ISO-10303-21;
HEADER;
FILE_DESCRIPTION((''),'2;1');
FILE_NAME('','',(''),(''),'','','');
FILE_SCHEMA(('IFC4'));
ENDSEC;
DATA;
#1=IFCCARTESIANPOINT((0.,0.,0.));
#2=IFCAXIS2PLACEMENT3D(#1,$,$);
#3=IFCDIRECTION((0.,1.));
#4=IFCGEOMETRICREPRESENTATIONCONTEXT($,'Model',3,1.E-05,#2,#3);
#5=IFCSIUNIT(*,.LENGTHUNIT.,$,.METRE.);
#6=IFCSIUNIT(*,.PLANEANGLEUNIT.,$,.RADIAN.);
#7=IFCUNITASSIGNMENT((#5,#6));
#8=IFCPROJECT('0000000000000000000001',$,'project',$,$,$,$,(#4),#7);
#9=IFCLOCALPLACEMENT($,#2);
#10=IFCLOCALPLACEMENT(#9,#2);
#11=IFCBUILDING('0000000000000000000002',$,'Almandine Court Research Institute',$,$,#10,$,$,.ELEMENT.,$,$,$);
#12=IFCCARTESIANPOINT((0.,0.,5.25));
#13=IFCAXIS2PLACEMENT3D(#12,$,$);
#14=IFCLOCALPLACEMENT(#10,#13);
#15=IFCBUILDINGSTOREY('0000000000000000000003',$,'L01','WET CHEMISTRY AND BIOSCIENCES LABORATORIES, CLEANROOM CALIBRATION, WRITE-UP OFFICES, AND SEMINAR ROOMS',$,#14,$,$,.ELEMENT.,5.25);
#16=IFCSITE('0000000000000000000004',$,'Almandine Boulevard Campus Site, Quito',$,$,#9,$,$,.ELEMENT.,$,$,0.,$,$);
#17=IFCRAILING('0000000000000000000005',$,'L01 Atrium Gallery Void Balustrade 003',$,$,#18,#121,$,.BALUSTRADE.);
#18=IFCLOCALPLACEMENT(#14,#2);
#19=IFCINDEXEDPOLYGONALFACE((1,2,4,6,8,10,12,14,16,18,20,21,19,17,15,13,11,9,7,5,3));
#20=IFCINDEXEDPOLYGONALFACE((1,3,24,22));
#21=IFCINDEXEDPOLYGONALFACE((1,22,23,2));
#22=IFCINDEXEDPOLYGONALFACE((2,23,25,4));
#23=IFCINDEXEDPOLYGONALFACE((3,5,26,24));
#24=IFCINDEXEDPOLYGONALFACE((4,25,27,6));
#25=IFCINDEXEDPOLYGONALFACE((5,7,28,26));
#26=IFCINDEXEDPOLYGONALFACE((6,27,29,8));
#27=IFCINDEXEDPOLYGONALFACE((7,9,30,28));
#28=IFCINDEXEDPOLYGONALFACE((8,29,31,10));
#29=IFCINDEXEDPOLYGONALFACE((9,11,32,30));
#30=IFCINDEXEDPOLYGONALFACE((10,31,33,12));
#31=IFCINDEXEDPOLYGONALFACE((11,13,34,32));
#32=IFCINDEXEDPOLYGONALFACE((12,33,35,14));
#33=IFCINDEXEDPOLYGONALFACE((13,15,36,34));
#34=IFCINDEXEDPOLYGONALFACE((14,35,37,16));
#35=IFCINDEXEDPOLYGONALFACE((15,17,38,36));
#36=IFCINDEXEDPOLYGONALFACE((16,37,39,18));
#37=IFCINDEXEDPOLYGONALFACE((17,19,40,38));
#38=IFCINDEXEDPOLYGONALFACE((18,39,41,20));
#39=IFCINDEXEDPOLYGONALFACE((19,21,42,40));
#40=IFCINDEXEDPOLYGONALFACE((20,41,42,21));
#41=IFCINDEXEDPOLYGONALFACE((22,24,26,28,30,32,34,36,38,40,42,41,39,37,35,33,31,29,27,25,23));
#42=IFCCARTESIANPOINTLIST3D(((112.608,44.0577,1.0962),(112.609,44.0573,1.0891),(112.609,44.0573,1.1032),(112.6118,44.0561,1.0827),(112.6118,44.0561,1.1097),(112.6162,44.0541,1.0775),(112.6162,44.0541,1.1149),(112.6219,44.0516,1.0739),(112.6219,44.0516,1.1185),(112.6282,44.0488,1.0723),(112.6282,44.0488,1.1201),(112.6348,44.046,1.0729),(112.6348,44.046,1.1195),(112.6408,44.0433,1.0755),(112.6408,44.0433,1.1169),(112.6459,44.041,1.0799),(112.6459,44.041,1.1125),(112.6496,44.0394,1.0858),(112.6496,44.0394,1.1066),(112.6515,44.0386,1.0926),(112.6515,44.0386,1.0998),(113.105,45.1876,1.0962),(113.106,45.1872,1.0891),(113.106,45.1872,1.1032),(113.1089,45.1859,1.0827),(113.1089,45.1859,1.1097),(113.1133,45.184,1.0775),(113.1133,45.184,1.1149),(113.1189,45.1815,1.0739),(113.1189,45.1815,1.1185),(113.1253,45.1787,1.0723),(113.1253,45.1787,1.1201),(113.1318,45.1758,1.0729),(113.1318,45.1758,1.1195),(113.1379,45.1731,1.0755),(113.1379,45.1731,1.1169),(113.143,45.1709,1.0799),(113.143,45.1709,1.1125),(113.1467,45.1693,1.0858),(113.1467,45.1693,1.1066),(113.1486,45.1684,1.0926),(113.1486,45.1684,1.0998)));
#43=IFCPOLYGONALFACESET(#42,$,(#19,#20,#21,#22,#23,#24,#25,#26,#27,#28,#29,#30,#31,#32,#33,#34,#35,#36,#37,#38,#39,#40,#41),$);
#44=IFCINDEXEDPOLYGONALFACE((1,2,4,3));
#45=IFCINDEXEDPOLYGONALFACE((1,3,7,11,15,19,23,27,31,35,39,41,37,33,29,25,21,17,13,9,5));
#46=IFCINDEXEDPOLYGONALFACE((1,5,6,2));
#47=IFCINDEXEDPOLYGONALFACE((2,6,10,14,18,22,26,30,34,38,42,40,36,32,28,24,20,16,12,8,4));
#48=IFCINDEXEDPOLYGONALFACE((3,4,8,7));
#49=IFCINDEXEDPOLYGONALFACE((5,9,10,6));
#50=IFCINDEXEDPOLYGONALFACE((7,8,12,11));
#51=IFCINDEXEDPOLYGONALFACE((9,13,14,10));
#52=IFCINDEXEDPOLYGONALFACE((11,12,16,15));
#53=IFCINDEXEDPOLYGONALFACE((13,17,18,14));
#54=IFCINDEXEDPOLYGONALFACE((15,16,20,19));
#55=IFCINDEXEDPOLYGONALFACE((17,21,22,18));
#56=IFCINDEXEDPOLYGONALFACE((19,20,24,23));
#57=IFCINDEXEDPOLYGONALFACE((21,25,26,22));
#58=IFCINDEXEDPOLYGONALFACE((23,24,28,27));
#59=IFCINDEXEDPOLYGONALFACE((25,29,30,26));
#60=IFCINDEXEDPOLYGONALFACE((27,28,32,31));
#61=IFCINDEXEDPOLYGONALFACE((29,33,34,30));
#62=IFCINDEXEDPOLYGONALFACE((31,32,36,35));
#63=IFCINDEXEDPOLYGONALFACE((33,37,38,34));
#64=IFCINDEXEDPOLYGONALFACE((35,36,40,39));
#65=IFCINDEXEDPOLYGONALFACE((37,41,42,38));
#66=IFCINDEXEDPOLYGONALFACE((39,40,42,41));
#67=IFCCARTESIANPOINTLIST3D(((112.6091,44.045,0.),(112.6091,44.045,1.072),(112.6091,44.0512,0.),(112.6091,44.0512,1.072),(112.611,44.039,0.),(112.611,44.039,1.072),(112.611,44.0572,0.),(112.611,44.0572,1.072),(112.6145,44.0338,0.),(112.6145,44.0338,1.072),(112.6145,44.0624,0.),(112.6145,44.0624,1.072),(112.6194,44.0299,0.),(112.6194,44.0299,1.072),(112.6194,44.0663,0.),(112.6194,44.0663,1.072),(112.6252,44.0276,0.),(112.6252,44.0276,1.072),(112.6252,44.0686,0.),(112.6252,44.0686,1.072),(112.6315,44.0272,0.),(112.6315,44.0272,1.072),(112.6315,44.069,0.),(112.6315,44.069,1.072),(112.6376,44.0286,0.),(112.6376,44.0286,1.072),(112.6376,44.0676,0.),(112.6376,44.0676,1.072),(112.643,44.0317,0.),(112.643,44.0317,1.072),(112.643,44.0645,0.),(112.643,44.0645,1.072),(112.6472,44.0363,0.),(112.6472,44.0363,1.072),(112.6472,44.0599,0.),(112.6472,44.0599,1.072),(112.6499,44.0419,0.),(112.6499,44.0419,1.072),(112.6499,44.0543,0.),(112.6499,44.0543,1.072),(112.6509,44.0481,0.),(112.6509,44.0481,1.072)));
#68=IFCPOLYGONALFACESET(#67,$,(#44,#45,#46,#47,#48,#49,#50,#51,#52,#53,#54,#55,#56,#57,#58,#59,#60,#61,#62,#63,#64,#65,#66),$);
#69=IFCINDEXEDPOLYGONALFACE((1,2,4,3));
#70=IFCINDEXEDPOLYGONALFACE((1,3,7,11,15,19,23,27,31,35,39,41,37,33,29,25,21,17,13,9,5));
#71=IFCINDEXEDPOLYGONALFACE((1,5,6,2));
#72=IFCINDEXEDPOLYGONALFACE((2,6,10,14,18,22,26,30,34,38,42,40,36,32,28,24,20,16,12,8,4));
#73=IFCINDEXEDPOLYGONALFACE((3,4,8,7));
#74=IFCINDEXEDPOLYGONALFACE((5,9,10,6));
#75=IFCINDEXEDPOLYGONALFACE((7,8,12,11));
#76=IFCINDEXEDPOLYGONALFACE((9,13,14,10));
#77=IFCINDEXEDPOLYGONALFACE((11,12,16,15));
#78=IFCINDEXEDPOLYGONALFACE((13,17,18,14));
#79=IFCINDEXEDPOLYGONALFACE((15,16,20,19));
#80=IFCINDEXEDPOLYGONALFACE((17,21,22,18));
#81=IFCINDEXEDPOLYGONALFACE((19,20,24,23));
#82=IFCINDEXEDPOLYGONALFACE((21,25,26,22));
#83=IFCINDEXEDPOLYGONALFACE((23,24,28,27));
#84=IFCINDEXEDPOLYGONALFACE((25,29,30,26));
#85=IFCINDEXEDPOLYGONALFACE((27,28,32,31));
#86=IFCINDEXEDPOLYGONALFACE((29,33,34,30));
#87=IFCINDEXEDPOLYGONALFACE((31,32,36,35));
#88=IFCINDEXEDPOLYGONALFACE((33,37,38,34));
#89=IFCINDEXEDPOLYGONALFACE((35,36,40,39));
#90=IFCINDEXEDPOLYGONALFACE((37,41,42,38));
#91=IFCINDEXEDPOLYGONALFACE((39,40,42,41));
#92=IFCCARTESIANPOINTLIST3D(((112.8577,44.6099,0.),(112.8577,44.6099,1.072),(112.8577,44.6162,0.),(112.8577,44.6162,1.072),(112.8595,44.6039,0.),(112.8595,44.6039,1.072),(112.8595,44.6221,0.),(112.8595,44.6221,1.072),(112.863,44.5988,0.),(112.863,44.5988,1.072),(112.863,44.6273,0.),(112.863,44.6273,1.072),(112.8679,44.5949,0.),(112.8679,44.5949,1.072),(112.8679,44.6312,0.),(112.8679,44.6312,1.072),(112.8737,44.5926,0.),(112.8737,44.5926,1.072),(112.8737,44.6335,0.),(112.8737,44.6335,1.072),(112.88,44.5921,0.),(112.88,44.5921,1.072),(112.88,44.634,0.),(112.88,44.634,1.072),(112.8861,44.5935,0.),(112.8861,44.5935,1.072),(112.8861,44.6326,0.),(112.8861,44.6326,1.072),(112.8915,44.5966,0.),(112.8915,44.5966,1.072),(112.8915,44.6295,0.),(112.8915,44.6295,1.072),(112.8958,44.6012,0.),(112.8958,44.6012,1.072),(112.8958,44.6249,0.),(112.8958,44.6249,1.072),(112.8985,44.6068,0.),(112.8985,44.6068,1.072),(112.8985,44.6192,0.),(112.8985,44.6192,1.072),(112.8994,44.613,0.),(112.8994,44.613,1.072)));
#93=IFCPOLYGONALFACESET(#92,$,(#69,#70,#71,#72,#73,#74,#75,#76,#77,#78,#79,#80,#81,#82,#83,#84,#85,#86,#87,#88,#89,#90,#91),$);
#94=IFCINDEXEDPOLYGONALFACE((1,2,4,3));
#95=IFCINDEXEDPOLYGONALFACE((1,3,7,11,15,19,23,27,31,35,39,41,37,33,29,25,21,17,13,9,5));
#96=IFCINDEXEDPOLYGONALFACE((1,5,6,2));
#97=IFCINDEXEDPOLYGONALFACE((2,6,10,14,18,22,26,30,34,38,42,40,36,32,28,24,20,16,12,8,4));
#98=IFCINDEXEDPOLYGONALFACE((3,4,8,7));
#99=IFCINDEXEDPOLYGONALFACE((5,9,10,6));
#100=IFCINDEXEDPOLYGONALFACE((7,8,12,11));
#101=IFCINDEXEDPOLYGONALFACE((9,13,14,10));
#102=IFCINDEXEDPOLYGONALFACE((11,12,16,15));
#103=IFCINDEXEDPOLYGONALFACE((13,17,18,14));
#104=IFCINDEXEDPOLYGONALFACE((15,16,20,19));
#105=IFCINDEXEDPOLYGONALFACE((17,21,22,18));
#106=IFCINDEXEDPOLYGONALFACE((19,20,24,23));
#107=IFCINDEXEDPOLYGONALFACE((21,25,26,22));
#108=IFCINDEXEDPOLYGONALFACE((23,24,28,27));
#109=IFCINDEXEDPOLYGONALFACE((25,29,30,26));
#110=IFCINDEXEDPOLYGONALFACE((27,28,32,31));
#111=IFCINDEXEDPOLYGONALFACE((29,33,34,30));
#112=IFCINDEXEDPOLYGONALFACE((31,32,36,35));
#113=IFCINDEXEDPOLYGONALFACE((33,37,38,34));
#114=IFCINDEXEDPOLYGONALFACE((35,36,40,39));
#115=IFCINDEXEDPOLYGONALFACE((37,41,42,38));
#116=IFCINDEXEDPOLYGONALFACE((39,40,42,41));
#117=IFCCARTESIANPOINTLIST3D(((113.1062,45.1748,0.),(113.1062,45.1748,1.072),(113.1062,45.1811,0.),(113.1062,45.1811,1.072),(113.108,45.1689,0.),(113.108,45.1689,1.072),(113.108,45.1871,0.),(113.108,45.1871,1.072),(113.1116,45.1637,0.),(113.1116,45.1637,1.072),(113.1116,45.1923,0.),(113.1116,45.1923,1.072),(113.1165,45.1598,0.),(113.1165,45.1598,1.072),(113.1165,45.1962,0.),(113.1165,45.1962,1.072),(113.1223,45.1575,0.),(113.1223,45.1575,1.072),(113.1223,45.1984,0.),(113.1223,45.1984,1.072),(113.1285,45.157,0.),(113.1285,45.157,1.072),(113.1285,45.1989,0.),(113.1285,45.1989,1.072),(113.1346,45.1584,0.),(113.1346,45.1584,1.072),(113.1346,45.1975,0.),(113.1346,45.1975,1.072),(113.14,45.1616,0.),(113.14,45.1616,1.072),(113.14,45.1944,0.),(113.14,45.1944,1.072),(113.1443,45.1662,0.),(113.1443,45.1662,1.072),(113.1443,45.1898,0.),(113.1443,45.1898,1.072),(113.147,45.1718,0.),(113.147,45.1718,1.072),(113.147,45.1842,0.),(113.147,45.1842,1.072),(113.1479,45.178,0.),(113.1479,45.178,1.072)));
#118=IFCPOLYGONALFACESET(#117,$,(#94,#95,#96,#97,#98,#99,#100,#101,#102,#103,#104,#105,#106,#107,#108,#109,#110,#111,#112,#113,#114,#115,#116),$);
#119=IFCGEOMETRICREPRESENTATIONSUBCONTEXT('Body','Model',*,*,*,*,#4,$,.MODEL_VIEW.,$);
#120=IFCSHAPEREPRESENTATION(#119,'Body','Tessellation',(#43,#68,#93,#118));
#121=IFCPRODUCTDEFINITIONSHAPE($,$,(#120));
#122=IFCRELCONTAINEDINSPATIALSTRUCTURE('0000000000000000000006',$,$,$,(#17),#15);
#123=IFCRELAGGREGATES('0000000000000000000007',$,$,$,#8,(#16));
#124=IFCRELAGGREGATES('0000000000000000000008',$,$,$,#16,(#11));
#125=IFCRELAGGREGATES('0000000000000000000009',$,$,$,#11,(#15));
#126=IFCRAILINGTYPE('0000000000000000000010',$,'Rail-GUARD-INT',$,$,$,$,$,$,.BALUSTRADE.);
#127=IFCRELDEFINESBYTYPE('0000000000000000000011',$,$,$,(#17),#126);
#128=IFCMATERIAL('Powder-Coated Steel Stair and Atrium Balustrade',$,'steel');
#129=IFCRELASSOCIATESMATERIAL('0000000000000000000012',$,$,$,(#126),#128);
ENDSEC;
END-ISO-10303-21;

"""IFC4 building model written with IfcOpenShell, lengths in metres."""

from ifc_helpers import new_model, si_unit, direction, frame, origin, origin_2d, place, context, subcontext, project, spatial, circle, extrude, material, type_object, element, save


model = new_model("IFC4")

# Units and contexts
model_context = context("Model", 3, precision=1e-05, world=origin(), true_north=direction((0.0, 1.0)))
body_context = subcontext(model_context, "Body", "Model", "MODEL_VIEW")
ifc_project = project(units=[si_unit("LENGTHUNIT", "METRE"), si_unit("PLANEANGLEUNIT", "RADIAN")], contexts=[model_context])

# Site, building, storey
site_placement = place(None, origin())
site = spatial("IfcSite", under=ifc_project, at=site_placement, Name="Almandine Boulevard Campus Site, Quito", CompositionType="ELEMENT", RefElevation=0.0)
building_placement = place(site_placement, origin())
building = spatial("IfcBuilding", under=site, at=building_placement, Name="Almandine Court Research Institute", CompositionType="ELEMENT")
storey_placement = place(building_placement, frame((0.0, 0.0, 5.25)))
storey = spatial("IfcBuildingStorey", under=building, at=storey_placement, Name="L01", Description="WET CHEMISTRY AND BIOSCIENCES LABORATORIES, CLEANROOM CALIBRATION, WRITE-UP OFFICES, AND SEMINAR ROOMS", CompositionType="ELEMENT", Elevation=5.25)

# Railing
ifc_material_1 = material(Name="Powder-Coated Steel Stair and Atrium Balustrade", Category="steel")
railing_type = type_object("IfcRailingType", Name="Rail-GUARD-INT", PredefinedType="BALUSTRADE", material=ifc_material_1)
railing_1_placement = place(storey_placement, frame((112.6299, 44.0481, 0.0)))
element("IfcRailing", 1, at=railing_1_placement, inside=storey, type_object=railing_type, Name="L01 Atrium Gallery Void Balustrade 003", PredefinedType="BALUSTRADE", context=body_context, shape_type="SweptSolid", body=[
    extrude(circle(Radius=0.0239, at=origin_2d()), frame((0.0, 0.0, 1.0962), z_axis=(0.402686, 0.915338, 0.0), x_axis=(-0.915338, 0.402686, 0.0)), (0.0, 0.0, 1.0), 1.2344),
    extrude(circle(Radius=0.021, at=origin_2d()), origin(), (0.0, 0.0, 1.0), 1.072),
    extrude(circle(Radius=0.021, at=origin_2d()), frame((0.2485, 0.5649, 0.0)), (0.0, 0.0, 1.0), 1.072),
    extrude(circle(Radius=0.021, at=origin_2d()), frame((0.4971, 1.1299, 0.0)), (0.0, 0.0, 1.0), 1.072),
])

save(model, "model.ifc")
